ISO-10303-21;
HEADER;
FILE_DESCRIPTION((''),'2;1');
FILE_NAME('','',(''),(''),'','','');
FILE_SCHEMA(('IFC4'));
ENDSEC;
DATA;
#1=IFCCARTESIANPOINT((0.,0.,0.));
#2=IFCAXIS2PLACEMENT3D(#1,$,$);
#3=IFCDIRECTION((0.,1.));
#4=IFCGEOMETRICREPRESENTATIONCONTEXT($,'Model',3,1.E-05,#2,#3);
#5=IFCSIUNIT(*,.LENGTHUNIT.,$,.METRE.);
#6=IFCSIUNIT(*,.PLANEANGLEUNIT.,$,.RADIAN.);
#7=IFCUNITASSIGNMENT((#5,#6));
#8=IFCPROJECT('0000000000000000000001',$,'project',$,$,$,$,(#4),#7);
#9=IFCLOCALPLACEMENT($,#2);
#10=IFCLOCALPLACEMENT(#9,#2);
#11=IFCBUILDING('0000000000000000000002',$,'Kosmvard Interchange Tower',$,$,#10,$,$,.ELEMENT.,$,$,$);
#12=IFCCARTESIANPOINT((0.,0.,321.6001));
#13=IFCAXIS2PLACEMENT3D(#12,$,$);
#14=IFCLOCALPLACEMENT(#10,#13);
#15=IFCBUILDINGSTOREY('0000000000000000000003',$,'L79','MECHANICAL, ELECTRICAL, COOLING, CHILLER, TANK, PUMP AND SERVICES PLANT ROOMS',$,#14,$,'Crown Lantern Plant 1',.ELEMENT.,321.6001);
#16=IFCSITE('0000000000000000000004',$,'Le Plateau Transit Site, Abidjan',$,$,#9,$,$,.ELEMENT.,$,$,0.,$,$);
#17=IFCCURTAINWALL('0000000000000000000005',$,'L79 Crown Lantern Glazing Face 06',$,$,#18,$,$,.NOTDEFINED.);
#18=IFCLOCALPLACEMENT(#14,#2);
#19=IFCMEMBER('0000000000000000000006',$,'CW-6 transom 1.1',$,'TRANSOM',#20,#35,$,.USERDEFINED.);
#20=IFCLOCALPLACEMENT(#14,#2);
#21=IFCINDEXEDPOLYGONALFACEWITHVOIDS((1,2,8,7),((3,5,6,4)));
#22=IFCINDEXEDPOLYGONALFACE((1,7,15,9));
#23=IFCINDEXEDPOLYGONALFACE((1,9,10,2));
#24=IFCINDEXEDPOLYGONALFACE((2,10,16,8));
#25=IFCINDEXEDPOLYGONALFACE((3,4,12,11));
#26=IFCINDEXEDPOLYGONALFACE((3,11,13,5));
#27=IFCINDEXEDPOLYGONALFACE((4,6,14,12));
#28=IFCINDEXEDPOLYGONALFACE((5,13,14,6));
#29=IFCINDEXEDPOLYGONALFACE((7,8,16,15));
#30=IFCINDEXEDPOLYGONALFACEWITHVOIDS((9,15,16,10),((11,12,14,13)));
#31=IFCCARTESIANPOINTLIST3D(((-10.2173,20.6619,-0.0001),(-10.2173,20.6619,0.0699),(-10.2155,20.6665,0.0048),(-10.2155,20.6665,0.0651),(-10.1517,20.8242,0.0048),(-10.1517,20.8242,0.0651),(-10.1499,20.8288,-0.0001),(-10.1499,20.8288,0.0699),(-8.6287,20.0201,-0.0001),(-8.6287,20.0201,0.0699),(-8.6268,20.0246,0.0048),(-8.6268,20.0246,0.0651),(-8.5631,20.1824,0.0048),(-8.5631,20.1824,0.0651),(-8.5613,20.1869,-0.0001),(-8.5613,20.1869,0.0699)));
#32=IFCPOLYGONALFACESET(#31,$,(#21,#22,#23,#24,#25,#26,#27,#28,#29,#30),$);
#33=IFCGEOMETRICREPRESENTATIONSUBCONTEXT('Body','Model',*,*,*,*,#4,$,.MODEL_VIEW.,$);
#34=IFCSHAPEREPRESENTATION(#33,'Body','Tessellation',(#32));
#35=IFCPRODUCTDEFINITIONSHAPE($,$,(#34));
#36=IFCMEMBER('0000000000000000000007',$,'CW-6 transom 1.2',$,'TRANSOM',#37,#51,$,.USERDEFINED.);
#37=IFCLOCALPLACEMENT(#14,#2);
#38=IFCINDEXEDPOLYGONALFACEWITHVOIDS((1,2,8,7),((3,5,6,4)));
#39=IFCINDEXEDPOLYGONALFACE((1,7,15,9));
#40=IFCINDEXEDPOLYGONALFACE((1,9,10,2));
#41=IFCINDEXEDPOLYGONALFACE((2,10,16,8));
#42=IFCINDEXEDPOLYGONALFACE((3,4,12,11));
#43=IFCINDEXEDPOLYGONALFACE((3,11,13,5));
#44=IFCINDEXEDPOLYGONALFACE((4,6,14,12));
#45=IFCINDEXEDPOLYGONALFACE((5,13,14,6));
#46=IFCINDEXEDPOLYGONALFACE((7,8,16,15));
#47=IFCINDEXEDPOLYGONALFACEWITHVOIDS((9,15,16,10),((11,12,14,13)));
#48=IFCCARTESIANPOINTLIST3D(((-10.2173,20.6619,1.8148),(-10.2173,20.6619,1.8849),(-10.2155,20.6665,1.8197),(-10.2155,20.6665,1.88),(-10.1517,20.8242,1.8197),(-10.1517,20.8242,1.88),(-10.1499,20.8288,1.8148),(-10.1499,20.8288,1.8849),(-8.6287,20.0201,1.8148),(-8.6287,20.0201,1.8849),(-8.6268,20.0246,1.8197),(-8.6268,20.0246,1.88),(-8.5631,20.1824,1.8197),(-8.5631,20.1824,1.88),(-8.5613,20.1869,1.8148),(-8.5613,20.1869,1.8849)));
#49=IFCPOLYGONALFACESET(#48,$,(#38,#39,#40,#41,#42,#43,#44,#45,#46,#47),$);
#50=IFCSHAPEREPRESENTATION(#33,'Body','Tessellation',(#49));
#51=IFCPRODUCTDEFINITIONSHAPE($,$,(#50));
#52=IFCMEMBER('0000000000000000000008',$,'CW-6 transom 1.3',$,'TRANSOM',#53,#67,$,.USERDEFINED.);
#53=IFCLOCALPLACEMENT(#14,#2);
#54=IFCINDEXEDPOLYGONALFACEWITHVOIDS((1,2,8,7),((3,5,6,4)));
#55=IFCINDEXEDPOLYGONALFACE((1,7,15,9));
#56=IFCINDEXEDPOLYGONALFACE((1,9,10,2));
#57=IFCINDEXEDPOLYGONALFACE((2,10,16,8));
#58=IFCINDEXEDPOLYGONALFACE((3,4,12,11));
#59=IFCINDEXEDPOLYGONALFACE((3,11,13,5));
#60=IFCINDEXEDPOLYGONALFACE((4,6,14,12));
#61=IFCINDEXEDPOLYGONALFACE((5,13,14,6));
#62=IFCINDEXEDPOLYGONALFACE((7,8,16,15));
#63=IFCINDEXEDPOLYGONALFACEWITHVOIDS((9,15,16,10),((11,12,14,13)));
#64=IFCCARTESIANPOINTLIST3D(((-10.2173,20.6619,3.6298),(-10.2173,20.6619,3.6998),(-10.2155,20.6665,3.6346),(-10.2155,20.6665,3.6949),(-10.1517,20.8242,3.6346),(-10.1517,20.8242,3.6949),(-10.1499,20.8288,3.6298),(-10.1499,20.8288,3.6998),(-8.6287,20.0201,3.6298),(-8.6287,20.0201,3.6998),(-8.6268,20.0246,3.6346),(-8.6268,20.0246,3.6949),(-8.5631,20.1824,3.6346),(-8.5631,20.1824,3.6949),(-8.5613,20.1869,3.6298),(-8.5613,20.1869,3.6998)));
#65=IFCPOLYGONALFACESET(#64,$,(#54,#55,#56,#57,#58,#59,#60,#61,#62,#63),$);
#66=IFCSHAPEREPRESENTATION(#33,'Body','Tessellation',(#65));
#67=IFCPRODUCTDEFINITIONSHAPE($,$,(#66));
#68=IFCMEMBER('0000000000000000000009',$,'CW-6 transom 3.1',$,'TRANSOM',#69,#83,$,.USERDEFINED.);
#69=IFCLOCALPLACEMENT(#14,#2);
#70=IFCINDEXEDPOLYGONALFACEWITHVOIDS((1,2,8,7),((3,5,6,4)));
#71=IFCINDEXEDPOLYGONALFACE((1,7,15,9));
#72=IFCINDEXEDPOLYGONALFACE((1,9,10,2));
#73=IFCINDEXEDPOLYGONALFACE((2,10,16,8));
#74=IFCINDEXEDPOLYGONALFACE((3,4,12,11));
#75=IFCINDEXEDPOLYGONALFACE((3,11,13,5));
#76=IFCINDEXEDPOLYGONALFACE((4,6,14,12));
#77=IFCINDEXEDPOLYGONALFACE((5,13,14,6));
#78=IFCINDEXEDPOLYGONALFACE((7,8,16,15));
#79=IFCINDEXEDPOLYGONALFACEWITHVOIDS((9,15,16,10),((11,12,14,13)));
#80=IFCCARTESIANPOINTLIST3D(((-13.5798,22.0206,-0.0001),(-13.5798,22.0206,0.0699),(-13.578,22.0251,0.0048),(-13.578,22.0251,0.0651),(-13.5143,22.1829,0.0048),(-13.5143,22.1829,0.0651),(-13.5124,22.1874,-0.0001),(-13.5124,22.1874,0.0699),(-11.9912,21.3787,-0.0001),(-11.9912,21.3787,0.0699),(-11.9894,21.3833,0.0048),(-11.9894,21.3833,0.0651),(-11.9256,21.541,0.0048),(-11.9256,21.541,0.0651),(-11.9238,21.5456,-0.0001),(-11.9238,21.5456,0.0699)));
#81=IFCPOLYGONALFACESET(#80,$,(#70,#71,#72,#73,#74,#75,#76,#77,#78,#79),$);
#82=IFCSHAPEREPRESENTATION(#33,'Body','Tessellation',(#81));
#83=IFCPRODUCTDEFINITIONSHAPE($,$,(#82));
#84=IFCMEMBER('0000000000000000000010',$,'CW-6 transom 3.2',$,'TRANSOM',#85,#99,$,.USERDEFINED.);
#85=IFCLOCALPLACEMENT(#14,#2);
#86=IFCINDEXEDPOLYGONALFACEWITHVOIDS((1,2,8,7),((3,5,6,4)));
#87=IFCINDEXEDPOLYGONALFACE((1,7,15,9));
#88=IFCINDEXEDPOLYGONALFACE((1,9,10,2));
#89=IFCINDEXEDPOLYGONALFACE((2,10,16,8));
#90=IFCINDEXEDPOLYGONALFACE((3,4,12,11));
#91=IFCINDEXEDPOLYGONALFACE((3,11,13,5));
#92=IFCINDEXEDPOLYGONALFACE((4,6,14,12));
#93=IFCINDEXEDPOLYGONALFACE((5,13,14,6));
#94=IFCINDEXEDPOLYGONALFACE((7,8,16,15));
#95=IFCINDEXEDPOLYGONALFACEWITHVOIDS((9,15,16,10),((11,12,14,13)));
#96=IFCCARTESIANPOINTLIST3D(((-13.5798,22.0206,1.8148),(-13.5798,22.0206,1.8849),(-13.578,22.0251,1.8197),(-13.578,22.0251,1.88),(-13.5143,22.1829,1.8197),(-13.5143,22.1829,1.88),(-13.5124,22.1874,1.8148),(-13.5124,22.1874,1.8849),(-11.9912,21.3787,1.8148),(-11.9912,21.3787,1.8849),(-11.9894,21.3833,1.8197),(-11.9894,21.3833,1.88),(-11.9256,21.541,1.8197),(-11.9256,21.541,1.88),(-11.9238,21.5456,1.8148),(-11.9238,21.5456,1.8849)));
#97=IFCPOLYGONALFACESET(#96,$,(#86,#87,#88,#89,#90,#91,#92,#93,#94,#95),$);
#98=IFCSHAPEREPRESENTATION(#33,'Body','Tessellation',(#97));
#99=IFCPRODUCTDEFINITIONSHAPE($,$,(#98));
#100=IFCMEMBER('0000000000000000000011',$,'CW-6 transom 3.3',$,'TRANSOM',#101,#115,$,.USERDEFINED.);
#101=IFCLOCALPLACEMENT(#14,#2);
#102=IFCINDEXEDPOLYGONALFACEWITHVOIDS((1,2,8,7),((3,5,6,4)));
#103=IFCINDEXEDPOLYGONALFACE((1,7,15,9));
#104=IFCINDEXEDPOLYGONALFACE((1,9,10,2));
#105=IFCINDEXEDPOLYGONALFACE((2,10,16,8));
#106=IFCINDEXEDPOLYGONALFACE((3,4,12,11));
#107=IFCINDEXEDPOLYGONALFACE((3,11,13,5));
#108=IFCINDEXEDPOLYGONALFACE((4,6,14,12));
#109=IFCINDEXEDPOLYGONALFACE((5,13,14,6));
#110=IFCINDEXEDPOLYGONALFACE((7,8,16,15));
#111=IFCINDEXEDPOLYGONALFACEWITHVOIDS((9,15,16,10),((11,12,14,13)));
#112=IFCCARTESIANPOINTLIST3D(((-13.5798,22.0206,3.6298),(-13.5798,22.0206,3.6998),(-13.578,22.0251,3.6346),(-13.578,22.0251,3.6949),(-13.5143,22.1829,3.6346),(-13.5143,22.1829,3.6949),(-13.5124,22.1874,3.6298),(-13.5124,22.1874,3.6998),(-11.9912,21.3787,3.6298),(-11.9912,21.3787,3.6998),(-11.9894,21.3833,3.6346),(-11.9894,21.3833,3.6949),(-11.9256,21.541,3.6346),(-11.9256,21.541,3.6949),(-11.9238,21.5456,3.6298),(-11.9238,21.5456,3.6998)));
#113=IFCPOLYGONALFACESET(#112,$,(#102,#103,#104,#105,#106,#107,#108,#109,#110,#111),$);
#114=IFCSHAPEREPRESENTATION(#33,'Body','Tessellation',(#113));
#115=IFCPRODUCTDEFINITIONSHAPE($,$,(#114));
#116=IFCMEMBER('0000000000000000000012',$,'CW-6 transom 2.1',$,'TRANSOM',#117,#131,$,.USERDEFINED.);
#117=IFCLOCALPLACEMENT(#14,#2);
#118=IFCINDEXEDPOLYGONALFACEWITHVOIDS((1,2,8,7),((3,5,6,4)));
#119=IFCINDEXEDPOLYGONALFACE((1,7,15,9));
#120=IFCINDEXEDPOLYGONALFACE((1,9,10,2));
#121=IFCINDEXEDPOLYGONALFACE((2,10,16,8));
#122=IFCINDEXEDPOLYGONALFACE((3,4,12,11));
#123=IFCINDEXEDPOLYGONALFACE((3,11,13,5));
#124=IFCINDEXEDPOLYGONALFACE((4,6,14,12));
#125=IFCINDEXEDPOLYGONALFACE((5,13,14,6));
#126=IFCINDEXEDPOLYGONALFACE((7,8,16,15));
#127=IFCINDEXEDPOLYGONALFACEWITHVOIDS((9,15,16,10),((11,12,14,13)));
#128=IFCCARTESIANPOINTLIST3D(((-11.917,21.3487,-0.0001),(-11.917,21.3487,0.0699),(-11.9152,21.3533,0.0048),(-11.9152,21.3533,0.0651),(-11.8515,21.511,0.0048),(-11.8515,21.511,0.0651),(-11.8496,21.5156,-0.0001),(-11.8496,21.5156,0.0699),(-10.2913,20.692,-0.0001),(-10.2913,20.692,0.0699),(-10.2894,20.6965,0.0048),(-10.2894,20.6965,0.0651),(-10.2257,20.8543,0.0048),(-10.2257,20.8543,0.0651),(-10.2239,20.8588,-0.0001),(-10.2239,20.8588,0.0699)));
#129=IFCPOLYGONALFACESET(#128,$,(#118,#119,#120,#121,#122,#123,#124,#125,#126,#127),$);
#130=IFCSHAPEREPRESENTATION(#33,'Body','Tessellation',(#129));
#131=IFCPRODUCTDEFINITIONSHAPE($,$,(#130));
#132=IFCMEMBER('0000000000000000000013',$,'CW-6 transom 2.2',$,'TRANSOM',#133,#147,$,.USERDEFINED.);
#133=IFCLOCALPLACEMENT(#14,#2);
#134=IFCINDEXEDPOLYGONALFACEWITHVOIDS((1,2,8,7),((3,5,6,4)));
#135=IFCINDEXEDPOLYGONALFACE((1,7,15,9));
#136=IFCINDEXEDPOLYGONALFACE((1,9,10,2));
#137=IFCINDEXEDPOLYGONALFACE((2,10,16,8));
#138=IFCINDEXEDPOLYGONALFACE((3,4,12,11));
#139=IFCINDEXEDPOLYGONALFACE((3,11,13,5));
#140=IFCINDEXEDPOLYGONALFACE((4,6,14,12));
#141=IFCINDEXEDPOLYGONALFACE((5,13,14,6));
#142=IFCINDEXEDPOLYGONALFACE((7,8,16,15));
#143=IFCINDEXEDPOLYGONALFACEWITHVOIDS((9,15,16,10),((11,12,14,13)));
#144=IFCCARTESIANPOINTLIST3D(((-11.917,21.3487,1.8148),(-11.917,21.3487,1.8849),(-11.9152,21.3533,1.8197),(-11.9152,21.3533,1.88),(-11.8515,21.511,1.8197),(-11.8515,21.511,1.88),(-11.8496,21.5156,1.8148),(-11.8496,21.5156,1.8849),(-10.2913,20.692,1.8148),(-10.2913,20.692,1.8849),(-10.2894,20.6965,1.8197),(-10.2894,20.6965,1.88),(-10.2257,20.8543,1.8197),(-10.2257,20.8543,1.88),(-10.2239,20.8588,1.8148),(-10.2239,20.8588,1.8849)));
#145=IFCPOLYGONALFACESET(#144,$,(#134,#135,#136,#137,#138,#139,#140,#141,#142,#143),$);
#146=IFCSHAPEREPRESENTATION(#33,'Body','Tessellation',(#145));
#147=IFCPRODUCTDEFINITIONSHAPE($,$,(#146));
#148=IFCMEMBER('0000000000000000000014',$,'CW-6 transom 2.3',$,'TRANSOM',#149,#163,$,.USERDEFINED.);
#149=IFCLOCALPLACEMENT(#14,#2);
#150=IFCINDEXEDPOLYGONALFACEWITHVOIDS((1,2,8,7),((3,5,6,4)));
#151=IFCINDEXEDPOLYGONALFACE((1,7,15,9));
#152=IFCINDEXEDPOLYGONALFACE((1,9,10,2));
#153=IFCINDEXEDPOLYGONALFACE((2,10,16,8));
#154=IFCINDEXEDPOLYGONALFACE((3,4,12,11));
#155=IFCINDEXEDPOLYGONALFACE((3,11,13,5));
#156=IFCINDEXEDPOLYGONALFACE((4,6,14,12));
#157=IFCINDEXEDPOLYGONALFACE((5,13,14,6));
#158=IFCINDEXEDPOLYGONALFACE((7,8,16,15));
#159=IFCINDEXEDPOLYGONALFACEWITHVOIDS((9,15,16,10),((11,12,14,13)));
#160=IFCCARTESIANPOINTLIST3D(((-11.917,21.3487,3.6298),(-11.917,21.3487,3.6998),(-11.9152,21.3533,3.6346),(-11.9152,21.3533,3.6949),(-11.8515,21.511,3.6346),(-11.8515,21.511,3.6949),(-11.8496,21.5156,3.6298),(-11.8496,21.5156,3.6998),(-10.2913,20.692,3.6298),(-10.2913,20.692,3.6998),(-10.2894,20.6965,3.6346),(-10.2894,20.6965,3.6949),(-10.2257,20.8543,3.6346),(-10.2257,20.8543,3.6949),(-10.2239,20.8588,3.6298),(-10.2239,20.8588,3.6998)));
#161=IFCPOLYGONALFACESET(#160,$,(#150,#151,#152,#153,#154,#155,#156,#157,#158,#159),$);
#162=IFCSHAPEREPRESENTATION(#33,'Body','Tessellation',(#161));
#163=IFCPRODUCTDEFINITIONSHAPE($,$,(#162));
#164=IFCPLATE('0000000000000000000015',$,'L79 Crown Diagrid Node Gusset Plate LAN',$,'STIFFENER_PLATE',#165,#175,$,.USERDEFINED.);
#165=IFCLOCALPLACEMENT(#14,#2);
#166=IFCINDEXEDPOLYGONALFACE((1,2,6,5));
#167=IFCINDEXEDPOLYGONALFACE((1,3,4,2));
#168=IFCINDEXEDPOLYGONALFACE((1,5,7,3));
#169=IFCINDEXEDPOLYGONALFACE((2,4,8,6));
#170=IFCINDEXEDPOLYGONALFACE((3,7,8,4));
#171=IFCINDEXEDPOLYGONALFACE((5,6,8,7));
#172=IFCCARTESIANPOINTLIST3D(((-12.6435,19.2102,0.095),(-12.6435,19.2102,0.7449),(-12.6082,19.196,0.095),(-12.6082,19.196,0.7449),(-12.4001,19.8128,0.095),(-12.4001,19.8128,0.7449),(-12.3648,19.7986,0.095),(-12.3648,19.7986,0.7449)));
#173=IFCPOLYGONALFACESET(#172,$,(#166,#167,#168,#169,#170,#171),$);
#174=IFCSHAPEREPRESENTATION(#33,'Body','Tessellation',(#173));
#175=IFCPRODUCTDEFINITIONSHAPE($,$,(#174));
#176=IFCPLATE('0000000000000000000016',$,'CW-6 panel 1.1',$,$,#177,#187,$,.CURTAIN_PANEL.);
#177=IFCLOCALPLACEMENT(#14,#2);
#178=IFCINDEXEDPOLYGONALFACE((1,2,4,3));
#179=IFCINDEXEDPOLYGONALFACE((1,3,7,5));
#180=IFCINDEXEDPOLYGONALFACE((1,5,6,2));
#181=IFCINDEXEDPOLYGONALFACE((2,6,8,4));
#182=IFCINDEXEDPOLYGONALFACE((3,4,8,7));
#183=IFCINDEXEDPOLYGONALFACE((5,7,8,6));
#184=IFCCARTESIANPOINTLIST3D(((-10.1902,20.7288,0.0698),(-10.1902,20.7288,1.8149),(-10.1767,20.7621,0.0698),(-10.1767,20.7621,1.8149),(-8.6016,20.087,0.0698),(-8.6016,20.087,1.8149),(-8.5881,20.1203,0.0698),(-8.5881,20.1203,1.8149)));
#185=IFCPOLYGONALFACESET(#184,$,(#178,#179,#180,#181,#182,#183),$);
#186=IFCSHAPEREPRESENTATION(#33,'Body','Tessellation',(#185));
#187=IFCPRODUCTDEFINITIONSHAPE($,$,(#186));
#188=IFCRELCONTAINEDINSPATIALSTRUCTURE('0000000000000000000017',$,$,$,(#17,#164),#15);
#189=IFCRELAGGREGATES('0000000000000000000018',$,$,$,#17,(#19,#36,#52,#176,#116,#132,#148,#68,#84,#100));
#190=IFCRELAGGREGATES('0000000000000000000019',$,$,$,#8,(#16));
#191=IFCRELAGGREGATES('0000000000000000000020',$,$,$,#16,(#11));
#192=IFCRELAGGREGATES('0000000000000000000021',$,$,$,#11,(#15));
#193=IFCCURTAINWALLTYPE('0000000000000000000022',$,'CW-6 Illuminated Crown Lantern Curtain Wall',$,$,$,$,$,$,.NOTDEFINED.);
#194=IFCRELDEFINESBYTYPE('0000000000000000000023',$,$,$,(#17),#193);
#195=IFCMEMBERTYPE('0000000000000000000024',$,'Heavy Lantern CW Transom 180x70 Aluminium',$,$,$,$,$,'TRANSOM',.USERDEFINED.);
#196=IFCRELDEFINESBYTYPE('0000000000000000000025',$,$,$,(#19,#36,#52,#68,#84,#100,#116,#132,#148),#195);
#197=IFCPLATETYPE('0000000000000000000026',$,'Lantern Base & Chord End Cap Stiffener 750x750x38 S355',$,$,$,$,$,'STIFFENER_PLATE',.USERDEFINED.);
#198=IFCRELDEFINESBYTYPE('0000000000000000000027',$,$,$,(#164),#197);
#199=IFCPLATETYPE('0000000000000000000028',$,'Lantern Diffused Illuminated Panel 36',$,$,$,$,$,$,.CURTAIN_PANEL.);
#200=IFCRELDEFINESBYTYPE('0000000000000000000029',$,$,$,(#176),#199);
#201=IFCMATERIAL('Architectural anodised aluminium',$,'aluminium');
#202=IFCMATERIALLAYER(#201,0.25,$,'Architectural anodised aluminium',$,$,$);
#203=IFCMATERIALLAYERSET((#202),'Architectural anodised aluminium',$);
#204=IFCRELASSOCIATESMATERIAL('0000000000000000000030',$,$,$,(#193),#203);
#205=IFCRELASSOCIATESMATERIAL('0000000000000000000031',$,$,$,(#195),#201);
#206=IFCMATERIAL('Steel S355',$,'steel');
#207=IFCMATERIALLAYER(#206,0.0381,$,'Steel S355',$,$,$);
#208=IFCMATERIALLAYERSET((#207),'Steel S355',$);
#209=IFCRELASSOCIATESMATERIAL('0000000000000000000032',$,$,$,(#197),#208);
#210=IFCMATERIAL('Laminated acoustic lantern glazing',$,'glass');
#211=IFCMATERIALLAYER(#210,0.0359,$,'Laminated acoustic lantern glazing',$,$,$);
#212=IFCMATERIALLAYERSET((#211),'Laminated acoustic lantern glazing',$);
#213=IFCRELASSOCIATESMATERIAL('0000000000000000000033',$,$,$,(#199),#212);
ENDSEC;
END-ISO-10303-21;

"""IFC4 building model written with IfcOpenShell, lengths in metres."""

from ifc_helpers import new_model, si_unit, direction, frame, origin, origin_2d, place, context, subcontext, project, spatial, rectangle, hollow_rectangle, extrude, source, transform, mapped, material, layer, layer_set, material_profile, profile_set, type_object, element, aggregate, save


model = new_model("IFC4")

# Units and contexts
model_context = context("Model", 3, precision=1e-05, world=origin(), true_north=direction((0.0, 1.0)))
body_context = subcontext(model_context, "Body", "Model", "MODEL_VIEW")
ifc_project = project(units=[si_unit("LENGTHUNIT", "METRE"), si_unit("PLANEANGLEUNIT", "RADIAN")], contexts=[model_context])

# Site, building, storey
site_placement = place(None, origin())
site = spatial("IfcSite", under=ifc_project, at=site_placement, Name="Le Plateau Transit Site, Abidjan", CompositionType="ELEMENT", RefElevation=0.0)
building_placement = place(site_placement, origin())
building = spatial("IfcBuilding", under=site, at=building_placement, Name="Kosmvard Interchange Tower", CompositionType="ELEMENT")
storey_placement = place(building_placement, frame((0.0, 0.0, 321.6001)))
storey = spatial("IfcBuildingStorey", under=building, at=storey_placement, Name="L79", Description="MECHANICAL, ELECTRICAL, COOLING, CHILLER, TANK, PUMP AND SERVICES PLANT ROOMS", LongName="Crown Lantern Plant 1", CompositionType="ELEMENT", Elevation=321.6001)

# Shared definitions
ifc_material_1 = material(Name="Steel S355", Category="steel")

# Curtain wall, members
ifc_material_2 = material(Name="Architectural anodised aluminium", Category="aluminium")
ifc_layer_1 = layer(ifc_material_2, 0.25, Name="Architectural anodised aluminium")
ifc_layer_set_1 = layer_set([ifc_layer_1], Name="Architectural anodised aluminium")
curtain_wall_type = type_object("IfcCurtainWallType", Name="CW-6 Illuminated Crown Lantern Curtain Wall", PredefinedType="NOTDEFINED", material=ifc_layer_set_1)
curtain_wall_placement = place(storey_placement, origin())
curtain_wall = element("IfcCurtainWall", 1, at=curtain_wall_placement, inside=storey, type_object=curtain_wall_type, Name="L79 Crown Lantern Glazing Face 06", PredefinedType="NOTDEFINED")
ifc_material_profile_1 = material_profile(ifc_material_2, hollow_rectangle(XDim=0.1799, YDim=0.0701, WallThickness=0.0049, at=origin_2d()), Name="CWT 180x70x5")
ifc_profile_set_1 = profile_set([ifc_material_profile_1], Name="Architectural anodised aluminium")
member_type_1 = type_object("IfcMemberType", Name="Heavy Lantern CW Transom 180x70 Aluminium", ElementType="TRANSOM", PredefinedType="USERDEFINED", material=ifc_profile_set_1)
shared_shape_1 = source(origin(), body_context, "Body", "SweptSolid", [
    extrude(hollow_rectangle(XDim=0.1799, YDim=0.0701, WallThickness=0.0049, at=origin_2d()), origin(), (0.0, 0.0, 1.0), 1.7134),
])
member_1_placement = place(storey_placement, frame((-8.595, 20.1035, 0.0349), z_axis=(-0.927184, 0.374607, 0.0), x_axis=(-0.374607, -0.927184, 0.0)))
member_1 = element("IfcMember", 2, at=member_1_placement, type_object=member_type_1, Name="CW-6 transom 1.1", ObjectType="TRANSOM", PredefinedType="USERDEFINED", context=body_context, shape_type="MappedRepresentation", body=[
    mapped(shared_shape_1, transform((0.0, 0.0, 0.0), scale=1.0)),
])
member_2_placement = place(storey_placement, frame((-8.595, 20.1035, 1.8499), z_axis=(-0.927184, 0.374607, 0.0), x_axis=(-0.374607, -0.927184, 0.0)))
member_2 = element("IfcMember", 3, at=member_2_placement, type_object=member_type_1, Name="CW-6 transom 1.2", ObjectType="TRANSOM", PredefinedType="USERDEFINED", context=body_context, shape_type="MappedRepresentation", body=[
    mapped(shared_shape_1, transform((0.0, 0.0, 0.0), scale=1.0)),
])
member_3_placement = place(storey_placement, frame((-8.595, 20.1035, 3.6648), z_axis=(-0.927184, 0.374607, 0.0), x_axis=(-0.374607, -0.927184, 0.0)))
member_3 = element("IfcMember", 4, at=member_3_placement, type_object=member_type_1, Name="CW-6 transom 1.3", ObjectType="TRANSOM", PredefinedType="USERDEFINED", context=body_context, shape_type="MappedRepresentation", body=[
    mapped(shared_shape_1, transform((0.0, 0.0, 0.0), scale=1.0)),
])
member_4_placement = place(storey_placement, frame((-11.9575, 21.4622, 0.0349), z_axis=(-0.927184, 0.374607, 0.0), x_axis=(-0.374607, -0.927184, 0.0)))
member_4 = element("IfcMember", 5, at=member_4_placement, type_object=member_type_1, Name="CW-6 transom 3.1", ObjectType="TRANSOM", PredefinedType="USERDEFINED", context=body_context, shape_type="MappedRepresentation", body=[
    mapped(shared_shape_1, transform((0.0, 0.0, 0.0), scale=1.0)),
])
member_5_placement = place(storey_placement, frame((-11.9575, 21.4622, 1.8499), z_axis=(-0.927184, 0.374607, 0.0), x_axis=(-0.374607, -0.927184, 0.0)))
member_5 = element("IfcMember", 6, at=member_5_placement, type_object=member_type_1, Name="CW-6 transom 3.2", ObjectType="TRANSOM", PredefinedType="USERDEFINED", context=body_context, shape_type="MappedRepresentation", body=[
    mapped(shared_shape_1, transform((0.0, 0.0, 0.0), scale=1.0)),
])
member_6_placement = place(storey_placement, frame((-11.9575, 21.4622, 3.6648), z_axis=(-0.927184, 0.374607, 0.0), x_axis=(-0.374607, -0.927184, 0.0)))
member_6 = element("IfcMember", 7, at=member_6_placement, type_object=member_type_1, Name="CW-6 transom 3.3", ObjectType="TRANSOM", PredefinedType="USERDEFINED", context=body_context, shape_type="MappedRepresentation", body=[
    mapped(shared_shape_1, transform((0.0, 0.0, 0.0), scale=1.0)),
])
shared_shape_2 = source(origin(), body_context, "Body", "SweptSolid", [
    extrude(hollow_rectangle(XDim=0.1799, YDim=0.0701, WallThickness=0.0049, at=origin_2d()), origin(), (0.0, 0.0, 1.0), 1.7534),
])
member_7_placement = place(storey_placement, frame((-10.2576, 20.7754, 0.0349), z_axis=(-0.927204, 0.374557, 0.0), x_axis=(-0.374557, -0.927204, 0.0)))
member_7 = element("IfcMember", 8, at=member_7_placement, type_object=member_type_1, Name="CW-6 transom 2.1", ObjectType="TRANSOM", PredefinedType="USERDEFINED", context=body_context, shape_type="MappedRepresentation", body=[
    mapped(shared_shape_2, transform((0.0, 0.0, 0.0), scale=1.0)),
])
member_8_placement = place(storey_placement, frame((-10.2576, 20.7754, 1.8499), z_axis=(-0.927204, 0.374557, 0.0), x_axis=(-0.374557, -0.927204, 0.0)))
member_8 = element("IfcMember", 9, at=member_8_placement, type_object=member_type_1, Name="CW-6 transom 2.2", ObjectType="TRANSOM", PredefinedType="USERDEFINED", context=body_context, shape_type="MappedRepresentation", body=[
    mapped(shared_shape_2, transform((0.0, 0.0, 0.0), scale=1.0)),
])
member_9_placement = place(storey_placement, frame((-10.2576, 20.7754, 3.6648), z_axis=(-0.927204, 0.374557, 0.0), x_axis=(-0.374557, -0.927204, 0.0)))
member_9 = element("IfcMember", 10, at=member_9_placement, type_object=member_type_1, Name="CW-6 transom 2.3", ObjectType="TRANSOM", PredefinedType="USERDEFINED", context=body_context, shape_type="MappedRepresentation", body=[
    mapped(shared_shape_2, transform((0.0, 0.0, 0.0), scale=1.0)),
])

# Plates
ifc_layer_2 = layer(ifc_material_1, 0.0381, Name="Steel S355")
ifc_layer_set_2 = layer_set([ifc_layer_2], Name="Steel S355")
plate_type_1 = type_object("IfcPlateType", Name="Lantern Base & Chord End Cap Stiffener 750x750x38 S355", ElementType="STIFFENER_PLATE", PredefinedType="USERDEFINED", material=ifc_layer_set_2)
shared_shape_3 = source(origin(), body_context, "Body", "SweptSolid", [
    extrude(rectangle(XDim=0.6499, YDim=0.0381, at=origin_2d()), origin(), (0.0, 0.0, 1.0), 0.6499),
])
plate_1_placement = place(storey_placement, frame((-12.5042, 19.5044, 0.095), z_axis=(0.0, 0.0, 1.0), x_axis=(0.374607, 0.927184, 0.0)))
element("IfcPlate", 11, at=plate_1_placement, inside=storey, type_object=plate_type_1, Name="L79 Crown Diagrid Node Gusset Plate LAN", ObjectType="STIFFENER_PLATE", PredefinedType="USERDEFINED", context=body_context, shape_type="MappedRepresentation", body=[
    mapped(shared_shape_3, transform((0.0, 0.0, 0.0), scale=1.0)),
])
ifc_material_3 = material(Name="Laminated acoustic lantern glazing", Category="glass")
ifc_layer_3 = layer(ifc_material_3, 0.0359, Name="Laminated acoustic lantern glazing")
ifc_layer_set_3 = layer_set([ifc_layer_3], Name="Laminated acoustic lantern glazing")
plate_type_2 = type_object("IfcPlateType", Name="Lantern Diffused Illuminated Panel 36", PredefinedType="CURTAIN_PANEL", material=ifc_layer_set_3)
shared_shape_4 = source(origin(), body_context, "Body", "SweptSolid", [
    extrude(rectangle(XDim=1.7134, YDim=0.0359, at=origin_2d()), origin(), (0.0, 0.0, 1.0), 1.7451),
])
plate_2_placement = place(storey_placement, frame((-9.3892, 20.4246, 0.0698), z_axis=(0.0, 0.0, 1.0), x_axis=(-0.927184, 0.374607, 0.0)))
plate_2 = element("IfcPlate", 12, at=plate_2_placement, type_object=plate_type_2, Name="CW-6 panel 1.1", PredefinedType="CURTAIN_PANEL", context=body_context, shape_type="MappedRepresentation", body=[
    mapped(shared_shape_4, transform((0.0, 0.0, 0.0), scale=1.0)),
])
aggregate(curtain_wall, [member_1, member_2, member_3, plate_2, member_7, member_8, member_9, member_4, member_5, member_6])

save(model, "model.ifc")
